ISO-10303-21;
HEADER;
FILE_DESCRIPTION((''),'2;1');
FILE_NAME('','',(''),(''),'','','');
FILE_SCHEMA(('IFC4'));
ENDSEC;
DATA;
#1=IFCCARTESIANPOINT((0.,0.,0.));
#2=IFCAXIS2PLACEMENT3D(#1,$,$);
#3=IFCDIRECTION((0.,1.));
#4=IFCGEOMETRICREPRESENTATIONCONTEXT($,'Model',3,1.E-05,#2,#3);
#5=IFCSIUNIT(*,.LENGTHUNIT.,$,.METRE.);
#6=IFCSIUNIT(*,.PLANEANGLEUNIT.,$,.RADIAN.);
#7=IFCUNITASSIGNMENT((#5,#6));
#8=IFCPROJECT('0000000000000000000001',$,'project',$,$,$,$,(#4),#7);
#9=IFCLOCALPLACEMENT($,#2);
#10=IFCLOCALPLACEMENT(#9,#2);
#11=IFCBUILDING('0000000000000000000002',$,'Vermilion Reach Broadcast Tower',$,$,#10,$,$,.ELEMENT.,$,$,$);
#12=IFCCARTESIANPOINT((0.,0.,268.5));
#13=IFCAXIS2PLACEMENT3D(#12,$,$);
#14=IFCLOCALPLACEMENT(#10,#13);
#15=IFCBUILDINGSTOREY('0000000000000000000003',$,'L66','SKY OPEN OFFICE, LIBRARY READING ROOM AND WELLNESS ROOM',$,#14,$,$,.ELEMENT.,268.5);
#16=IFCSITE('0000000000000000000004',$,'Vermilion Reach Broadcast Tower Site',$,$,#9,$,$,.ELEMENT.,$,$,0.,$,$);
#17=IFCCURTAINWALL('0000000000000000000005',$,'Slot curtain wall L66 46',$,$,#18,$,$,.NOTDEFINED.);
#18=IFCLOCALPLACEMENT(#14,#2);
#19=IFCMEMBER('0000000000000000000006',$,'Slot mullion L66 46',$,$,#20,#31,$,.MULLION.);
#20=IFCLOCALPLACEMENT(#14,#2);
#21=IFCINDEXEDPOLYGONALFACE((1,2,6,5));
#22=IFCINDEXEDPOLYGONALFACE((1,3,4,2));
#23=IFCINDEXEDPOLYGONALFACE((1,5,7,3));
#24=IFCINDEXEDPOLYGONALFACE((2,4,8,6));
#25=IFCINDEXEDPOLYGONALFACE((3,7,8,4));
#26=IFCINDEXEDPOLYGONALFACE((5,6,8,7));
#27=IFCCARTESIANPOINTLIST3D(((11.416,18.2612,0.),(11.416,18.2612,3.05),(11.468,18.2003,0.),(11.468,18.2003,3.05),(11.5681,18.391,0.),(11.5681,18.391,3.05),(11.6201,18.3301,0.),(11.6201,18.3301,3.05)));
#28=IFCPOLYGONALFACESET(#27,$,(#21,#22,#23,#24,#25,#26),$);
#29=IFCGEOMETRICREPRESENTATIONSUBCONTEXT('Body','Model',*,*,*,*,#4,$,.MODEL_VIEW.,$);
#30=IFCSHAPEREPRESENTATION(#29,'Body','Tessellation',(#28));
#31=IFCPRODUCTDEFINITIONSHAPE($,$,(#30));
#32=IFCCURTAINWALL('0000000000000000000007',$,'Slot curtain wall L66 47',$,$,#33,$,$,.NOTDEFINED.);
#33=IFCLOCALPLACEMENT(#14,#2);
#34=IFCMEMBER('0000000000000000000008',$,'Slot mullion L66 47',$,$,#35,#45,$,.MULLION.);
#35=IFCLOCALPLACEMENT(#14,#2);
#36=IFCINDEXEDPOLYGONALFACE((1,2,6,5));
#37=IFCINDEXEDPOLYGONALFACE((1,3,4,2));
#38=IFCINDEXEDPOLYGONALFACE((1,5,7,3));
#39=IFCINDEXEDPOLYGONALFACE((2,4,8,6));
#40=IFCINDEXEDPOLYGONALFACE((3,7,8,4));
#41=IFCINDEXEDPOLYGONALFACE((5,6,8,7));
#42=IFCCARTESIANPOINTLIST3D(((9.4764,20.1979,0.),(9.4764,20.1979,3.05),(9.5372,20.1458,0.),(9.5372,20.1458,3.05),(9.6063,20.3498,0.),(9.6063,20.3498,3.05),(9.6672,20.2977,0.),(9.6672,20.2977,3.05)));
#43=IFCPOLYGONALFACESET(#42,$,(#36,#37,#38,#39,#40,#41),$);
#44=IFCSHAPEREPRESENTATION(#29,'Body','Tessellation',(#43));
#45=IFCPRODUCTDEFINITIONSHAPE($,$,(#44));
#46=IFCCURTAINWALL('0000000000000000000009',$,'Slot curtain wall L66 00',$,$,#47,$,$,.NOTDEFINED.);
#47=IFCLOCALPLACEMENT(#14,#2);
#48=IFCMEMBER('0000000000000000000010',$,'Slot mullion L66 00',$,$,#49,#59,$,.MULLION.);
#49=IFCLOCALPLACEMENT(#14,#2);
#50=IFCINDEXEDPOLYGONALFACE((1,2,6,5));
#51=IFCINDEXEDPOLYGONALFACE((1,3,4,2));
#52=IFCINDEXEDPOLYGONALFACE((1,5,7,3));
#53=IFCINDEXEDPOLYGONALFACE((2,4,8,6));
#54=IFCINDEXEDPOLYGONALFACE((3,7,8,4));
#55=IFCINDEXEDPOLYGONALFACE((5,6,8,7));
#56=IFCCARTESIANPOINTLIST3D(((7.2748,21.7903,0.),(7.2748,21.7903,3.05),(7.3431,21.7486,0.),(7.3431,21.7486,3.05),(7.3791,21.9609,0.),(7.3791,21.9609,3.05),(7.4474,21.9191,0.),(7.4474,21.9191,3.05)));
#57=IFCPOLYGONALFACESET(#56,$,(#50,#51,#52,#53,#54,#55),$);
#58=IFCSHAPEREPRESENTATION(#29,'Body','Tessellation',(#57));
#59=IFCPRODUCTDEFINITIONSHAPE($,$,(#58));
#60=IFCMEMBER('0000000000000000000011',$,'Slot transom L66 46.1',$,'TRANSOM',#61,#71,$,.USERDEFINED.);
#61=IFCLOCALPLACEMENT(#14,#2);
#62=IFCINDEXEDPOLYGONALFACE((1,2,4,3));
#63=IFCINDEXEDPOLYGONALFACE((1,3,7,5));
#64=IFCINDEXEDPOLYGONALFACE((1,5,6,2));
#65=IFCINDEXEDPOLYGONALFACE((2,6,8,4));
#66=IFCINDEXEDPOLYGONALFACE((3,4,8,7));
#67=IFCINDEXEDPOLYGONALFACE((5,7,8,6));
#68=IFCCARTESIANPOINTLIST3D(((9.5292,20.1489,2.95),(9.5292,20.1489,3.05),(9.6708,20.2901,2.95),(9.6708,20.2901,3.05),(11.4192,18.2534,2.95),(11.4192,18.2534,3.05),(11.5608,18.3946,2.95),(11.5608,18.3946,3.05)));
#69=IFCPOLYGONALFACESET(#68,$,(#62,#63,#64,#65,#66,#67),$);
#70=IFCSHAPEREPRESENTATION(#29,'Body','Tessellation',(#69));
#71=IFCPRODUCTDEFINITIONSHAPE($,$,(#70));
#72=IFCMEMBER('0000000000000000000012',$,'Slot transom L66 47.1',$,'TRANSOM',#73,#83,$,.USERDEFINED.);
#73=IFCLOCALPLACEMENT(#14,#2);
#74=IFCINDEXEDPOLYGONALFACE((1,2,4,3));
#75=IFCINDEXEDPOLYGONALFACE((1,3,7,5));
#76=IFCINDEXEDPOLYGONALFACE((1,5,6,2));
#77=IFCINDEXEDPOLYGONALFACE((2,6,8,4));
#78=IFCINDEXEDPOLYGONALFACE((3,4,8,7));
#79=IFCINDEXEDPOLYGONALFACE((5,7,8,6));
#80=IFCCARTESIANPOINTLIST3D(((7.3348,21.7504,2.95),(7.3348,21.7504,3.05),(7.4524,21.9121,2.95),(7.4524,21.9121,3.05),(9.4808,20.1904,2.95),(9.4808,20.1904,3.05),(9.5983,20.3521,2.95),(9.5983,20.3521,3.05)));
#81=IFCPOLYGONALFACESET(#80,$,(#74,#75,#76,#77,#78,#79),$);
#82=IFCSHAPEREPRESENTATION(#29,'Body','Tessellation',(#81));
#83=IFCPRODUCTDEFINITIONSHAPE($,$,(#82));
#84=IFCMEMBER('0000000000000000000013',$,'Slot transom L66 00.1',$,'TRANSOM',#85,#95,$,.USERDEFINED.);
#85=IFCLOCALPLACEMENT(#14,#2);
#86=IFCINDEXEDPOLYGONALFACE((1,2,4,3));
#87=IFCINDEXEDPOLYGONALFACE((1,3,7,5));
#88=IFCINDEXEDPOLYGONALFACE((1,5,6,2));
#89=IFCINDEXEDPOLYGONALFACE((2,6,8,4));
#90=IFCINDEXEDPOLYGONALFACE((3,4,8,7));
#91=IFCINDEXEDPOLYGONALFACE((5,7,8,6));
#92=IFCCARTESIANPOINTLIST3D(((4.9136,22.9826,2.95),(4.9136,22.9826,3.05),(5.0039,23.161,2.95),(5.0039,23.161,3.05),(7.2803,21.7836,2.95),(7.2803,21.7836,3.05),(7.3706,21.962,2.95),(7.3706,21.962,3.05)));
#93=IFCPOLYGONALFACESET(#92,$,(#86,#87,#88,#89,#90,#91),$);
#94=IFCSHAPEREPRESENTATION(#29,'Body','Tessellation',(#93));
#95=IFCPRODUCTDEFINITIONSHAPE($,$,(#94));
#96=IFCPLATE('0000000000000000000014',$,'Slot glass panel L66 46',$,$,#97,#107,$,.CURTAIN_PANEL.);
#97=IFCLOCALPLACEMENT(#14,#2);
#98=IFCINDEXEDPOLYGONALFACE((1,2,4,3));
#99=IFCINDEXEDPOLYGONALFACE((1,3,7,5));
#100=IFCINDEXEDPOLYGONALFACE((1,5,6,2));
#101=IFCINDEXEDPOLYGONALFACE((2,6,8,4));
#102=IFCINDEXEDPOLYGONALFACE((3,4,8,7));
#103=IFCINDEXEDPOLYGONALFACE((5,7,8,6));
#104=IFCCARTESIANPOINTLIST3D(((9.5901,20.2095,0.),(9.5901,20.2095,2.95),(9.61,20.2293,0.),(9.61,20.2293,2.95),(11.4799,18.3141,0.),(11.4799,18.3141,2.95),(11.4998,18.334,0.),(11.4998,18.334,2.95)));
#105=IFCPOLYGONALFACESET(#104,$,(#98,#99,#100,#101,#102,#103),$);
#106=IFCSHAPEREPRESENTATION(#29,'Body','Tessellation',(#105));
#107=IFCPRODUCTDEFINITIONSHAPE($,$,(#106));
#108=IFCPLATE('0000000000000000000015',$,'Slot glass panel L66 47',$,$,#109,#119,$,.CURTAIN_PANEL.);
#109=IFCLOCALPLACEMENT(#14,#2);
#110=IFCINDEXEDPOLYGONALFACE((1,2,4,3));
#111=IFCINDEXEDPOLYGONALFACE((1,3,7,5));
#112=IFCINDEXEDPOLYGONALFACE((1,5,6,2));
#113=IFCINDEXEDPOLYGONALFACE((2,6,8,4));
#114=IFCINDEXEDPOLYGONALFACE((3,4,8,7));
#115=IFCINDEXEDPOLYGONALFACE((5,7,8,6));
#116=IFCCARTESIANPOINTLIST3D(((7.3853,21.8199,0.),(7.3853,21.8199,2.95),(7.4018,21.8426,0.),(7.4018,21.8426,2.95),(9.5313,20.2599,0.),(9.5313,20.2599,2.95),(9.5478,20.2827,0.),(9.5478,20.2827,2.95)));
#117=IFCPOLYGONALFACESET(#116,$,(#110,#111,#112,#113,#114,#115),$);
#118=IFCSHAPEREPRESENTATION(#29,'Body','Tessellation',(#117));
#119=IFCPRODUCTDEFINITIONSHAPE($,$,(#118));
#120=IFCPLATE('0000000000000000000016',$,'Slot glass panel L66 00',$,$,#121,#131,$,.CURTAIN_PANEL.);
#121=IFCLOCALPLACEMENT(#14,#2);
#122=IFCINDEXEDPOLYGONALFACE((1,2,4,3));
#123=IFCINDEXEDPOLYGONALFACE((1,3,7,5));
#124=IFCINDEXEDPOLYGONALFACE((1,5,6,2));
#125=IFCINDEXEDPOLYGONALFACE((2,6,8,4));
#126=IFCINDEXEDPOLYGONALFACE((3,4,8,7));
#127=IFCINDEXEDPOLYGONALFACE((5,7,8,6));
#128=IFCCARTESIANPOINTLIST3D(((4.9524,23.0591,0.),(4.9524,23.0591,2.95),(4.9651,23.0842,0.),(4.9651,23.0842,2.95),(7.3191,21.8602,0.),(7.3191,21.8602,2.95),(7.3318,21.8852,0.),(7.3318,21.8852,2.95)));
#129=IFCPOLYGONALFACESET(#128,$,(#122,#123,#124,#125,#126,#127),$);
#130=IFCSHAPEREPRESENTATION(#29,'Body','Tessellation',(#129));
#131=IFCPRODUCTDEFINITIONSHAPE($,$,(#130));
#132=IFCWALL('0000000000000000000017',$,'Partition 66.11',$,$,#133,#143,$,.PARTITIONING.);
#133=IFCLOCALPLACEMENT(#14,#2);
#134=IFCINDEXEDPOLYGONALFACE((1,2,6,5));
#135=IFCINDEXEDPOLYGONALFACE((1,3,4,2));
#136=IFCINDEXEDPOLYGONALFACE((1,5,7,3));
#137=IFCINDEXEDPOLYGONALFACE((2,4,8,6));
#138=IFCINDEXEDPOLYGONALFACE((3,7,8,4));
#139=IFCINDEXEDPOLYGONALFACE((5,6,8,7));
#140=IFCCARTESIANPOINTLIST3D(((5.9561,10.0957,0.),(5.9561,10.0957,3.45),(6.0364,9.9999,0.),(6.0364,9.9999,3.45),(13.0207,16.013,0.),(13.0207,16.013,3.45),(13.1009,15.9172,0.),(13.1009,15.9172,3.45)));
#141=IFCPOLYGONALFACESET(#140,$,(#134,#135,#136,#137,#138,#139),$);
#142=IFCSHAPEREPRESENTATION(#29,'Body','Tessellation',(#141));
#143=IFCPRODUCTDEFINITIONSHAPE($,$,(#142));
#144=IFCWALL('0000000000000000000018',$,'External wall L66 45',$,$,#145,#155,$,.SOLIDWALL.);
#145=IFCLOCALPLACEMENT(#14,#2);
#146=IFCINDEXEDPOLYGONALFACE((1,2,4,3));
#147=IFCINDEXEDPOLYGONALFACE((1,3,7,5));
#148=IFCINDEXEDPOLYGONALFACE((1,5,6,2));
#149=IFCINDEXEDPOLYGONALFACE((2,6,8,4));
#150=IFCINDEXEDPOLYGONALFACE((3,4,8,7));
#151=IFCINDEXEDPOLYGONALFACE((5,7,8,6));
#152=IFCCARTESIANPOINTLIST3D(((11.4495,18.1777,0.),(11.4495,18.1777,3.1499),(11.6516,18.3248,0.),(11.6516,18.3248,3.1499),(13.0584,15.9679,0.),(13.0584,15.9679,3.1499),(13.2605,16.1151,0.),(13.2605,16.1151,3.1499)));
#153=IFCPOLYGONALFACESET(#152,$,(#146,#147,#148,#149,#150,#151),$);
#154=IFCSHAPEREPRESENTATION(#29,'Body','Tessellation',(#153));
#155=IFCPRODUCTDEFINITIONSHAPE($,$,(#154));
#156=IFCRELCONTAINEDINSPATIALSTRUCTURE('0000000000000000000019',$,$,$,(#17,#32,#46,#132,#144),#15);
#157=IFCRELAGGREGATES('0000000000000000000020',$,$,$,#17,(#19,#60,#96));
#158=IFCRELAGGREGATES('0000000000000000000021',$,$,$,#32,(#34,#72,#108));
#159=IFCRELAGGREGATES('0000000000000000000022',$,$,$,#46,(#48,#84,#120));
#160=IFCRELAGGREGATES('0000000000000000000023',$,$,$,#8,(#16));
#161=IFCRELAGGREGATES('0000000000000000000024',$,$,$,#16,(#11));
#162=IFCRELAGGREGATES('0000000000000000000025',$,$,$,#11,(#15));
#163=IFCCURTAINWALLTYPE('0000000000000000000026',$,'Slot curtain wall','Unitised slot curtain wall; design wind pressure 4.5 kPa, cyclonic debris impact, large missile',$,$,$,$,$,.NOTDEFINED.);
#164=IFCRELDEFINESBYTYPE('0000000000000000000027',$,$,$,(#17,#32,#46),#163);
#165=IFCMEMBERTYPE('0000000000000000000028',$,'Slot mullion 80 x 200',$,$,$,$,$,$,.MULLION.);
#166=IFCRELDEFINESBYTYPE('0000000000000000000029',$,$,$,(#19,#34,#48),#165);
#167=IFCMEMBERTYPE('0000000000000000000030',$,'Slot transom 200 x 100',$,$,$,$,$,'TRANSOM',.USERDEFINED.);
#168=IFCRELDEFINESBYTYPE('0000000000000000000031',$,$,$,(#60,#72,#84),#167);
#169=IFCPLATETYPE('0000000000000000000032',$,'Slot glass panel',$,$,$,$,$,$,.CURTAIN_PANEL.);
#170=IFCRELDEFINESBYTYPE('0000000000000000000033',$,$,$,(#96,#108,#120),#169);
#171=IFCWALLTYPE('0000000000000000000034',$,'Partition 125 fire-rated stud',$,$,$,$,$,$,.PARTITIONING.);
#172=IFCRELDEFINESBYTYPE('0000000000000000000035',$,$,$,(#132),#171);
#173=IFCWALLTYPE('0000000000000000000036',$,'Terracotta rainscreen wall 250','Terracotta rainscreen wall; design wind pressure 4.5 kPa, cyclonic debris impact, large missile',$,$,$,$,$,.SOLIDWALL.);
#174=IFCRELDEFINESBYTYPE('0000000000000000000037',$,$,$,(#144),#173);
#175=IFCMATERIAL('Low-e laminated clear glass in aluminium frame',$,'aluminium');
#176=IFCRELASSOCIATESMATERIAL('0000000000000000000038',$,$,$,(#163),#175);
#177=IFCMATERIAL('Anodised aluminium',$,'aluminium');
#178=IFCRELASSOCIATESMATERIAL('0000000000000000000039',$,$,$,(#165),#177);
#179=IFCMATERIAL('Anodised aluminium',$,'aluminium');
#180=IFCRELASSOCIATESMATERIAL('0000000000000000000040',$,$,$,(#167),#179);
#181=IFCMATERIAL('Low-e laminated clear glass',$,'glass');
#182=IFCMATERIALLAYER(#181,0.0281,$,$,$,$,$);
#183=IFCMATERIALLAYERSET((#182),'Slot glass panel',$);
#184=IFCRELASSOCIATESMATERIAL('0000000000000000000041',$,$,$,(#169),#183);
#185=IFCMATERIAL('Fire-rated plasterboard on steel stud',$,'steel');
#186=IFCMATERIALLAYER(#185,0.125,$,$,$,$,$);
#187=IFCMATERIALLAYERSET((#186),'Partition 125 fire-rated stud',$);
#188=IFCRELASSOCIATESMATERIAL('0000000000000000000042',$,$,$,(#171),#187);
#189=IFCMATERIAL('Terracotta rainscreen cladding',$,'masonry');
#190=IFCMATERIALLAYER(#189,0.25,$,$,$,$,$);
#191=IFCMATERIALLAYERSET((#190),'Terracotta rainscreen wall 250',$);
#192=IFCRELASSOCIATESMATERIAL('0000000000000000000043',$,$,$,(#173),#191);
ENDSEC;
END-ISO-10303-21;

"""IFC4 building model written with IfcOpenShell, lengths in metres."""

from ifc_helpers import new_model, si_unit, direction, frame, frame_2d, origin, origin_2d, place, context, subcontext, project, spatial, rectangle, extrude, material, layer, layer_set, material_profile, profile_set, type_object, element, aggregate, save


model = new_model("IFC4")

# Units and contexts
model_context = context("Model", 3, precision=1e-05, world=origin(), true_north=direction((0.0, 1.0)))
body_context = subcontext(model_context, "Body", "Model", "MODEL_VIEW")
ifc_project = project(units=[si_unit("LENGTHUNIT", "METRE"), si_unit("PLANEANGLEUNIT", "RADIAN")], contexts=[model_context])

# Site, building, storey
site_placement = place(None, origin())
site = spatial("IfcSite", under=ifc_project, at=site_placement, Name="Vermilion Reach Broadcast Tower Site", CompositionType="ELEMENT", RefElevation=0.0)
building_placement = place(site_placement, origin())
building = spatial("IfcBuilding", under=site, at=building_placement, Name="Vermilion Reach Broadcast Tower", CompositionType="ELEMENT")
storey_placement = place(building_placement, frame((0.0, 0.0, 268.5)))
storey = spatial("IfcBuildingStorey", under=building, at=storey_placement, Name="L66", Description="SKY OPEN OFFICE, LIBRARY READING ROOM AND WELLNESS ROOM", CompositionType="ELEMENT", Elevation=268.5)

# Curtain walls, members
ifc_material_1 = material(Name="Low-e laminated clear glass in aluminium frame", Category="aluminium")
curtain_wall_type = type_object("IfcCurtainWallType", Name="Slot curtain wall", Description="Unitised slot curtain wall; design wind pressure 4.5 kPa, cyclonic debris impact, large missile", PredefinedType="NOTDEFINED", material=ifc_material_1)
placement = place(storey_placement, origin())
curtain_wall_1 = element("IfcCurtainWall", 1, at=placement, inside=storey, type_object=curtain_wall_type, Name="Slot curtain wall L66 46", PredefinedType="NOTDEFINED")
ifc_material_2 = material(Name="Anodised aluminium", Category="aluminium")
ifc_material_profile_1 = material_profile(ifc_material_2, rectangle(XDim=0.2, YDim=0.0801, at=origin_2d()), Name="Slot mullion 80 x 200")
ifc_profile_set_1 = profile_set([ifc_material_profile_1], Name="Anodised aluminium")
member_type_1 = type_object("IfcMemberType", Name="Slot mullion 80 x 200", PredefinedType="MULLION", material=ifc_profile_set_1)
member_1_placement = place(storey_placement, frame((11.5181, 18.2957, 0.0), z_axis=(0.0, 0.0, 1.0), x_axis=(-0.760559, -0.649269, 0.0)))
member_1 = element("IfcMember", 2, at=member_1_placement, type_object=member_type_1, Name="Slot mullion L66 46", PredefinedType="MULLION", context=body_context, shape_type="SweptSolid", body=[
    extrude(rectangle(XDim=0.2, YDim=0.0801, at=origin_2d()), origin(), (0.0, 0.0, 1.0), 3.05),
])
curtain_wall_2 = element("IfcCurtainWall", 3, at=placement, inside=storey, type_object=curtain_wall_type, Name="Slot curtain wall L66 47", PredefinedType="NOTDEFINED")
member_2_placement = place(storey_placement, frame((9.5718, 20.2478, 0.0), z_axis=(0.0, 0.0, 1.0), x_axis=(-0.650097, -0.759851, 0.0)))
member_2 = element("IfcMember", 4, at=member_2_placement, type_object=member_type_1, Name="Slot mullion L66 47", PredefinedType="MULLION", context=body_context, shape_type="SweptSolid", body=[
    extrude(rectangle(XDim=0.2, YDim=0.0801, at=origin_2d()), origin(), (0.0, 0.0, 1.0), 3.05),
])
curtain_wall_3 = element("IfcCurtainWall", 5, at=placement, inside=storey, type_object=curtain_wall_type, Name="Slot curtain wall L66 00", PredefinedType="NOTDEFINED")
member_3_placement = place(storey_placement, frame((7.3611, 21.8547, 0.0), z_axis=(0.0, 0.0, 1.0), x_axis=(-0.521605, -0.853187, 0.0)))
member_3 = element("IfcMember", 6, at=member_3_placement, type_object=member_type_1, Name="Slot mullion L66 00", PredefinedType="MULLION", context=body_context, shape_type="SweptSolid", body=[
    extrude(rectangle(XDim=0.2, YDim=0.0801, at=origin_2d()), origin(), (0.0, 0.0, 1.0), 3.05),
])

# Members
ifc_material_3 = material(Name="Anodised aluminium", Category="aluminium")
ifc_material_profile_2 = material_profile(ifc_material_3, rectangle(XDim=0.2, YDim=0.1001, at=origin_2d()), Name="Slot transom 200 x 100")
ifc_profile_set_2 = profile_set([ifc_material_profile_2], Name="Anodised aluminium")
member_type_2 = type_object("IfcMemberType", Name="Slot transom 200 x 100", ElementType="TRANSOM", PredefinedType="USERDEFINED", material=ifc_profile_set_2)
member_4_placement = place(storey_placement, frame((11.49, 18.324, 3.0), z_axis=(-0.706057, 0.708155, 0.0), x_axis=(-0.708155, -0.706057, 0.0)))
member_4 = element("IfcMember", 7, at=member_4_placement, type_object=member_type_2, Name="Slot transom L66 46.1", ObjectType="TRANSOM", PredefinedType="USERDEFINED", context=body_context, shape_type="SweptSolid", body=[
    extrude(rectangle(XDim=0.2, YDim=0.1001, at=origin_2d()), origin(), (0.0, 0.0, 1.0), 2.6768),
])
member_5_placement = place(storey_placement, frame((9.5396, 20.2712, 3.0), z_axis=(-0.808855, 0.588008, 0.0), x_axis=(-0.588008, -0.808855, 0.0)))
member_5 = element("IfcMember", 8, at=member_5_placement, type_object=member_type_2, Name="Slot transom L66 47.1", ObjectType="TRANSOM", PredefinedType="USERDEFINED", context=body_context, shape_type="SweptSolid", body=[
    extrude(rectangle(XDim=0.2, YDim=0.1001, at=origin_2d()), origin(), (0.0, 0.0, 1.0), 2.6531),
])
member_6_placement = place(storey_placement, frame((7.3254, 21.8728, 3.0), z_axis=(-0.892059, 0.451919, 0.0), x_axis=(-0.451919, -0.892059, 0.0)))
member_6 = element("IfcMember", 9, at=member_6_placement, type_object=member_type_2, Name="Slot transom L66 00.1", ObjectType="TRANSOM", PredefinedType="USERDEFINED", context=body_context, shape_type="SweptSolid", body=[
    extrude(rectangle(XDim=0.2, YDim=0.1001, at=origin_2d()), origin(), (0.0, 0.0, 1.0), 2.6531),
])

# Plates
ifc_material_4 = material(Name="Low-e laminated clear glass", Category="glass")
ifc_layer_1 = layer(ifc_material_4, 0.0281)
ifc_layer_set_1 = layer_set([ifc_layer_1], Name="Slot glass panel")
plate_type = type_object("IfcPlateType", Name="Slot glass panel", PredefinedType="CURTAIN_PANEL", material=ifc_layer_set_1)
plate_1_placement = place(storey_placement, frame((10.5449, 19.2717, 0.0), z_axis=(0.0, 0.0, 1.0), x_axis=(-0.706063, 0.70815, 0.0)))
plate_1 = element("IfcPlate", 10, at=plate_1_placement, type_object=plate_type, Name="Slot glass panel L66 46", PredefinedType="CURTAIN_PANEL", context=body_context, shape_type="SweptSolid", body=[
    extrude(rectangle(XDim=2.6765, YDim=0.0281, at=origin_2d()), origin(), (0.0, 0.0, 1.0), 2.95),
])
aggregate(curtain_wall_1, [member_1, member_4, plate_1])
plate_2_placement = place(storey_placement, frame((8.4666, 21.0513, 0.0), z_axis=(0.0, 0.0, 1.0), x_axis=(-0.808881, 0.587972, 0.0)))
plate_2 = element("IfcPlate", 11, at=plate_2_placement, type_object=plate_type, Name="Slot glass panel L66 47", PredefinedType="CURTAIN_PANEL", context=body_context, shape_type="SweptSolid", body=[
    extrude(rectangle(XDim=2.6531, YDim=0.0281, at=origin_2d()), origin(), (0.0, 0.0, 1.0), 2.95),
])
aggregate(curtain_wall_2, [member_2, member_5, plate_2])
plate_3_placement = place(storey_placement, frame((6.1421, 22.4722, 0.0), z_axis=(0.0, 0.0, 1.0), x_axis=(-0.89206, 0.451917, 0.0)))
plate_3 = element("IfcPlate", 12, at=plate_3_placement, type_object=plate_type, Name="Slot glass panel L66 00", PredefinedType="CURTAIN_PANEL", context=body_context, shape_type="SweptSolid", body=[
    extrude(rectangle(XDim=2.6531, YDim=0.0281, at=origin_2d()), origin(), (0.0, 0.0, 1.0), 2.95),
])
aggregate(curtain_wall_3, [member_3, member_6, plate_3])

# Wall
ifc_material_5 = material(Name="Fire-rated plasterboard on steel stud", Category="steel")
ifc_layer_2 = layer(ifc_material_5, 0.125)
ifc_layer_set_2 = layer_set([ifc_layer_2], Name="Partition 125 fire-rated stud")
wall_type_1 = type_object("IfcWallType", Name="Partition 125 fire-rated stud", PredefinedType="PARTITIONING", material=ifc_layer_set_2)
wall_1_placement = place(storey_placement, frame((13.0608, 15.9651, 0.0), z_axis=(0.0, 0.0, 1.0), x_axis=(-0.766608, -0.642116, 0.0)))
element("IfcWall", 13, at=wall_1_placement, inside=storey, type_object=wall_type_1, Name="Partition 66.11", PredefinedType="PARTITIONING", context=body_context, shape_type="SweptSolid", body=[
    extrude(rectangle(XDim=9.2153, YDim=0.125, at=frame_2d((4.6077, 0.0))), origin(), (0.0, 0.0, 1.0), 3.45),
])

# Shared definitions
ifc_material_6 = material(Name="Terracotta rainscreen cladding", Category="masonry")
ifc_layer_3 = layer(ifc_material_6, 0.25)
ifc_layer_set_3 = layer_set([ifc_layer_3], Name="Terracotta rainscreen wall 250")
wall_type_2 = type_object("IfcWallType", Name="Terracotta rainscreen wall 250", Description="Terracotta rainscreen wall; design wind pressure 4.5 kPa, cyclonic debris impact, large missile", PredefinedType="SOLIDWALL", material=ifc_layer_set_3)

# Wall
wall_2_placement = place(storey_placement, frame((13.1594, 16.0415, 0.0), z_axis=(0.0, 0.0, 1.0), x_axis=(-0.588607, 0.808419, 0.0)))
element("IfcWall", 14, at=wall_2_placement, inside=storey, type_object=wall_type_2, Name="External wall L66 45", PredefinedType="SOLIDWALL", context=body_context, shape_type="SweptSolid", body=[
    extrude(rectangle(XDim=2.7334, YDim=0.25, at=frame_2d((1.3667, 0.0))), origin(), (0.0, 0.0, 1.0), 3.1499),
])

save(model, "model.ifc")
